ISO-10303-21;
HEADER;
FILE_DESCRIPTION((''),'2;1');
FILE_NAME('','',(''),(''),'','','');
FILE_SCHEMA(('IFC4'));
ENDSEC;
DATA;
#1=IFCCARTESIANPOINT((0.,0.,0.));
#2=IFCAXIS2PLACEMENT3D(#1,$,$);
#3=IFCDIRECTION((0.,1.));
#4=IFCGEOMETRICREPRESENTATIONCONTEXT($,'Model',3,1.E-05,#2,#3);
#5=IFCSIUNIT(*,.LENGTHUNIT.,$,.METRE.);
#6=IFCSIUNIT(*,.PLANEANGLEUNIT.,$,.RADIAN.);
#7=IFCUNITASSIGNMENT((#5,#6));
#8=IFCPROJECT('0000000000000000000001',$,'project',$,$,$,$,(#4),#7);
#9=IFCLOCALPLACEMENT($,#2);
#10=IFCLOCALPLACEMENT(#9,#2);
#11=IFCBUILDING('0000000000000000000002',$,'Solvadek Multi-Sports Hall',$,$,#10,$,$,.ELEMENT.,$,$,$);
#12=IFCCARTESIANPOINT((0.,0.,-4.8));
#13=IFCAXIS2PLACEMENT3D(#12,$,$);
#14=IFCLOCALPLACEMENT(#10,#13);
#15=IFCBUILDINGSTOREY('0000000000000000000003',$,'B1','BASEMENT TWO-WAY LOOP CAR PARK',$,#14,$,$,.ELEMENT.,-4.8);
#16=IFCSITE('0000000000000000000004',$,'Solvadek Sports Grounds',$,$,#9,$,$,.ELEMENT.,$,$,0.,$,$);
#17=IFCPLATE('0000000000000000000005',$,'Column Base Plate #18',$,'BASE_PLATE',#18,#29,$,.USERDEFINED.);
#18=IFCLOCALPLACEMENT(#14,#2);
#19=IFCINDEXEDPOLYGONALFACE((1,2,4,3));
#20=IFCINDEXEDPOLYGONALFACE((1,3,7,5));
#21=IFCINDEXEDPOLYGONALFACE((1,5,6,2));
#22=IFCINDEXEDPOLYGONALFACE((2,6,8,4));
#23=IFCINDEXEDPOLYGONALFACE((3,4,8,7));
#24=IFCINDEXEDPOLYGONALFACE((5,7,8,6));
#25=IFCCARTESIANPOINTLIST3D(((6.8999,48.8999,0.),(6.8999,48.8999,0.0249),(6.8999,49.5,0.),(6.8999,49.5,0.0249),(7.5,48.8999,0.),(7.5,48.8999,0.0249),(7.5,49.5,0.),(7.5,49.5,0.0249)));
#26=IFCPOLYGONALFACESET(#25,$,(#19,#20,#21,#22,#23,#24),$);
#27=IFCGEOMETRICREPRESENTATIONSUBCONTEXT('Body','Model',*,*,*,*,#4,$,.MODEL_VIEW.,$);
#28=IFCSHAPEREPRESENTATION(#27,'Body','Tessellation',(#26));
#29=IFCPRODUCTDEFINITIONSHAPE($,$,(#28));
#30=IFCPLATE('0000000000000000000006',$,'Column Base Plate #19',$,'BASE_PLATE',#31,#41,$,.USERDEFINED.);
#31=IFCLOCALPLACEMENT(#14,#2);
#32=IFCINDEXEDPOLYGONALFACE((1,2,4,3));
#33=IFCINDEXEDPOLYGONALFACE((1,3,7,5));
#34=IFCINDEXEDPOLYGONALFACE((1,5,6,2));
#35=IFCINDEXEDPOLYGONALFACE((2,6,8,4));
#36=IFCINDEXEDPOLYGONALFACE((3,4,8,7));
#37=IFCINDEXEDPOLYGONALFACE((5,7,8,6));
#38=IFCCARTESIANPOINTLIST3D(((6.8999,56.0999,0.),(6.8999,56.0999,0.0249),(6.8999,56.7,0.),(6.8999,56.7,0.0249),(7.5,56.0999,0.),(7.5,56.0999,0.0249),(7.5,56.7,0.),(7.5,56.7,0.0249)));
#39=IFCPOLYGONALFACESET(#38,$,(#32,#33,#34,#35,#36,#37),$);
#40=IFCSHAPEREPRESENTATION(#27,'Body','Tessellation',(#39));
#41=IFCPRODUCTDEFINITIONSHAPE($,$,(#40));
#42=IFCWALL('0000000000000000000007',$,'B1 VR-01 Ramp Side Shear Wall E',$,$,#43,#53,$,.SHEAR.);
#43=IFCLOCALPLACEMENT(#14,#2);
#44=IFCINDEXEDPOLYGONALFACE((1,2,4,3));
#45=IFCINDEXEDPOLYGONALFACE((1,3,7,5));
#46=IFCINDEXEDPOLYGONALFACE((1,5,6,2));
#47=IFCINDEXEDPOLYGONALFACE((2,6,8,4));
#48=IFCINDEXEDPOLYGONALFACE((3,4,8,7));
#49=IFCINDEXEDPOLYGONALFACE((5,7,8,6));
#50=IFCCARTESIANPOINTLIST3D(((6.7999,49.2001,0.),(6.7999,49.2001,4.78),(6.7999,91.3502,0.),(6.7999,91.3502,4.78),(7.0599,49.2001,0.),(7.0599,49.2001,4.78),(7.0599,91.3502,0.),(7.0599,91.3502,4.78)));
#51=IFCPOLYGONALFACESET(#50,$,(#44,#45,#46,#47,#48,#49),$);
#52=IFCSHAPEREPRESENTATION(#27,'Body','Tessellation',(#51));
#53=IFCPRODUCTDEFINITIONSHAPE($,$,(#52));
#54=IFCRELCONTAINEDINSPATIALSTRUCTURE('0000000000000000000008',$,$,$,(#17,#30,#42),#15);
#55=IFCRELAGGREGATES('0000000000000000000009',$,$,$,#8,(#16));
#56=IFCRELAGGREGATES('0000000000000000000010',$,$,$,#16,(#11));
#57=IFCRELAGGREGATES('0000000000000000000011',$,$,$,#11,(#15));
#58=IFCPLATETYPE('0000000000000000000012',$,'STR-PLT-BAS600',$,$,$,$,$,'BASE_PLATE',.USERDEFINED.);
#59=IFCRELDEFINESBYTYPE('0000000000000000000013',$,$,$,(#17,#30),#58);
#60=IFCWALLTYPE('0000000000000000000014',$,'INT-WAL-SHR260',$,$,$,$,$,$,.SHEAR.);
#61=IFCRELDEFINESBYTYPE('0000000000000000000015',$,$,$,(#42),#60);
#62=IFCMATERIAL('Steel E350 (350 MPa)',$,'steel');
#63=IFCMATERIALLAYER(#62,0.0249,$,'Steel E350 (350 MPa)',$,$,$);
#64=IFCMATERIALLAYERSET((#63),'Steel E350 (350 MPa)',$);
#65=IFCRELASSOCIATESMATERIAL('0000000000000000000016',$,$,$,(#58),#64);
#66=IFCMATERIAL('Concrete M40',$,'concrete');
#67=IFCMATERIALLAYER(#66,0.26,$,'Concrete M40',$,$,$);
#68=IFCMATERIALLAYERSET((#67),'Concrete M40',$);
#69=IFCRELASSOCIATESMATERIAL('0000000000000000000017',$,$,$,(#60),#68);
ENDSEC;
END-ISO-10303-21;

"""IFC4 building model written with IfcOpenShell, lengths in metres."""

from ifc_helpers import new_model, si_unit, direction, frame, frame_2d, origin, origin_2d, place, context, subcontext, project, spatial, rectangle, extrude, material, layer, layer_set, type_object, element, save


model = new_model("IFC4")

# Units and contexts
model_context = context("Model", 3, precision=1e-05, world=origin(), true_north=direction((0.0, 1.0)))
body_context = subcontext(model_context, "Body", "Model", "MODEL_VIEW")
ifc_project = project(units=[si_unit("LENGTHUNIT", "METRE"), si_unit("PLANEANGLEUNIT", "RADIAN")], contexts=[model_context])

# Site, building, storey
site_placement = place(None, origin())
site = spatial("IfcSite", under=ifc_project, at=site_placement, Name="Solvadek Sports Grounds", CompositionType="ELEMENT", RefElevation=0.0)
building_placement = place(site_placement, origin())
building = spatial("IfcBuilding", under=site, at=building_placement, Name="Solvadek Multi-Sports Hall", CompositionType="ELEMENT")
storey_placement = place(building_placement, frame((0.0, 0.0, -4.8)))
storey = spatial("IfcBuildingStorey", under=building, at=storey_placement, Name="B1", Description="BASEMENT TWO-WAY LOOP CAR PARK", CompositionType="ELEMENT", Elevation=-4.8)

# Shared definitions
ifc_material_1 = material(Name="Concrete M40", Category="concrete")

# Shared definitions
ifc_material_2 = material(Name="Steel E350 (350 MPa)", Category="steel")

# Plates
ifc_layer_1 = layer(ifc_material_2, 0.0249, Name="Steel E350 (350 MPa)")
ifc_layer_set_1 = layer_set([ifc_layer_1], Name="Steel E350 (350 MPa)")
plate_type = type_object("IfcPlateType", Name="STR-PLT-BAS600", ElementType="BASE_PLATE", PredefinedType="USERDEFINED", material=ifc_layer_set_1)
for number, where, z_axis, x_axis, name in (
    (1, (7.2, 49.2, 0.0), (0.0, 0.0, 1.0), (1.0, 0.0, 0.0), "Column Base Plate #18"),
    (2, (7.2, 56.3999, 0.0), (0.0, 0.0, 1.0), (1.0, 0.0, 0.0), "Column Base Plate #19"),
):
    element("IfcPlate", number, at=place(storey_placement, frame(where, z_axis=z_axis, x_axis=x_axis)), inside=storey, type_object=plate_type, Name=name, ObjectType="BASE_PLATE", PredefinedType="USERDEFINED", context=body_context, shape_type="SweptSolid", body=[
        extrude(rectangle(XDim=0.6001, YDim=0.6001, at=origin_2d()), origin(), (0.0, 0.0, 1.0), 0.0249),
    ])

# Wall
ifc_layer_2 = layer(ifc_material_1, 0.26, Name="Concrete M40")
ifc_layer_set_2 = layer_set([ifc_layer_2], Name="Concrete M40")
wall_type_1 = type_object("IfcWallType", Name="INT-WAL-SHR260", PredefinedType="SHEAR", material=ifc_layer_set_2)
wall_1_placement = place(storey_placement, frame((6.9299, 49.2, 0.0), z_axis=(0.0, 0.0, 1.0), x_axis=(0.0, 1.0, 0.0)))
element("IfcWall", 3, at=wall_1_placement, inside=storey, type_object=wall_type_1, Name="B1 VR-01 Ramp Side Shear Wall E", PredefinedType="SHEAR", context=body_context, shape_type="SweptSolid", body=[
    extrude(rectangle(XDim=42.1501, YDim=0.26, at=frame_2d((21.0752, 0.0))), origin(), (0.0, 0.0, 1.0), 4.78),
])

save(model, "model.ifc")
